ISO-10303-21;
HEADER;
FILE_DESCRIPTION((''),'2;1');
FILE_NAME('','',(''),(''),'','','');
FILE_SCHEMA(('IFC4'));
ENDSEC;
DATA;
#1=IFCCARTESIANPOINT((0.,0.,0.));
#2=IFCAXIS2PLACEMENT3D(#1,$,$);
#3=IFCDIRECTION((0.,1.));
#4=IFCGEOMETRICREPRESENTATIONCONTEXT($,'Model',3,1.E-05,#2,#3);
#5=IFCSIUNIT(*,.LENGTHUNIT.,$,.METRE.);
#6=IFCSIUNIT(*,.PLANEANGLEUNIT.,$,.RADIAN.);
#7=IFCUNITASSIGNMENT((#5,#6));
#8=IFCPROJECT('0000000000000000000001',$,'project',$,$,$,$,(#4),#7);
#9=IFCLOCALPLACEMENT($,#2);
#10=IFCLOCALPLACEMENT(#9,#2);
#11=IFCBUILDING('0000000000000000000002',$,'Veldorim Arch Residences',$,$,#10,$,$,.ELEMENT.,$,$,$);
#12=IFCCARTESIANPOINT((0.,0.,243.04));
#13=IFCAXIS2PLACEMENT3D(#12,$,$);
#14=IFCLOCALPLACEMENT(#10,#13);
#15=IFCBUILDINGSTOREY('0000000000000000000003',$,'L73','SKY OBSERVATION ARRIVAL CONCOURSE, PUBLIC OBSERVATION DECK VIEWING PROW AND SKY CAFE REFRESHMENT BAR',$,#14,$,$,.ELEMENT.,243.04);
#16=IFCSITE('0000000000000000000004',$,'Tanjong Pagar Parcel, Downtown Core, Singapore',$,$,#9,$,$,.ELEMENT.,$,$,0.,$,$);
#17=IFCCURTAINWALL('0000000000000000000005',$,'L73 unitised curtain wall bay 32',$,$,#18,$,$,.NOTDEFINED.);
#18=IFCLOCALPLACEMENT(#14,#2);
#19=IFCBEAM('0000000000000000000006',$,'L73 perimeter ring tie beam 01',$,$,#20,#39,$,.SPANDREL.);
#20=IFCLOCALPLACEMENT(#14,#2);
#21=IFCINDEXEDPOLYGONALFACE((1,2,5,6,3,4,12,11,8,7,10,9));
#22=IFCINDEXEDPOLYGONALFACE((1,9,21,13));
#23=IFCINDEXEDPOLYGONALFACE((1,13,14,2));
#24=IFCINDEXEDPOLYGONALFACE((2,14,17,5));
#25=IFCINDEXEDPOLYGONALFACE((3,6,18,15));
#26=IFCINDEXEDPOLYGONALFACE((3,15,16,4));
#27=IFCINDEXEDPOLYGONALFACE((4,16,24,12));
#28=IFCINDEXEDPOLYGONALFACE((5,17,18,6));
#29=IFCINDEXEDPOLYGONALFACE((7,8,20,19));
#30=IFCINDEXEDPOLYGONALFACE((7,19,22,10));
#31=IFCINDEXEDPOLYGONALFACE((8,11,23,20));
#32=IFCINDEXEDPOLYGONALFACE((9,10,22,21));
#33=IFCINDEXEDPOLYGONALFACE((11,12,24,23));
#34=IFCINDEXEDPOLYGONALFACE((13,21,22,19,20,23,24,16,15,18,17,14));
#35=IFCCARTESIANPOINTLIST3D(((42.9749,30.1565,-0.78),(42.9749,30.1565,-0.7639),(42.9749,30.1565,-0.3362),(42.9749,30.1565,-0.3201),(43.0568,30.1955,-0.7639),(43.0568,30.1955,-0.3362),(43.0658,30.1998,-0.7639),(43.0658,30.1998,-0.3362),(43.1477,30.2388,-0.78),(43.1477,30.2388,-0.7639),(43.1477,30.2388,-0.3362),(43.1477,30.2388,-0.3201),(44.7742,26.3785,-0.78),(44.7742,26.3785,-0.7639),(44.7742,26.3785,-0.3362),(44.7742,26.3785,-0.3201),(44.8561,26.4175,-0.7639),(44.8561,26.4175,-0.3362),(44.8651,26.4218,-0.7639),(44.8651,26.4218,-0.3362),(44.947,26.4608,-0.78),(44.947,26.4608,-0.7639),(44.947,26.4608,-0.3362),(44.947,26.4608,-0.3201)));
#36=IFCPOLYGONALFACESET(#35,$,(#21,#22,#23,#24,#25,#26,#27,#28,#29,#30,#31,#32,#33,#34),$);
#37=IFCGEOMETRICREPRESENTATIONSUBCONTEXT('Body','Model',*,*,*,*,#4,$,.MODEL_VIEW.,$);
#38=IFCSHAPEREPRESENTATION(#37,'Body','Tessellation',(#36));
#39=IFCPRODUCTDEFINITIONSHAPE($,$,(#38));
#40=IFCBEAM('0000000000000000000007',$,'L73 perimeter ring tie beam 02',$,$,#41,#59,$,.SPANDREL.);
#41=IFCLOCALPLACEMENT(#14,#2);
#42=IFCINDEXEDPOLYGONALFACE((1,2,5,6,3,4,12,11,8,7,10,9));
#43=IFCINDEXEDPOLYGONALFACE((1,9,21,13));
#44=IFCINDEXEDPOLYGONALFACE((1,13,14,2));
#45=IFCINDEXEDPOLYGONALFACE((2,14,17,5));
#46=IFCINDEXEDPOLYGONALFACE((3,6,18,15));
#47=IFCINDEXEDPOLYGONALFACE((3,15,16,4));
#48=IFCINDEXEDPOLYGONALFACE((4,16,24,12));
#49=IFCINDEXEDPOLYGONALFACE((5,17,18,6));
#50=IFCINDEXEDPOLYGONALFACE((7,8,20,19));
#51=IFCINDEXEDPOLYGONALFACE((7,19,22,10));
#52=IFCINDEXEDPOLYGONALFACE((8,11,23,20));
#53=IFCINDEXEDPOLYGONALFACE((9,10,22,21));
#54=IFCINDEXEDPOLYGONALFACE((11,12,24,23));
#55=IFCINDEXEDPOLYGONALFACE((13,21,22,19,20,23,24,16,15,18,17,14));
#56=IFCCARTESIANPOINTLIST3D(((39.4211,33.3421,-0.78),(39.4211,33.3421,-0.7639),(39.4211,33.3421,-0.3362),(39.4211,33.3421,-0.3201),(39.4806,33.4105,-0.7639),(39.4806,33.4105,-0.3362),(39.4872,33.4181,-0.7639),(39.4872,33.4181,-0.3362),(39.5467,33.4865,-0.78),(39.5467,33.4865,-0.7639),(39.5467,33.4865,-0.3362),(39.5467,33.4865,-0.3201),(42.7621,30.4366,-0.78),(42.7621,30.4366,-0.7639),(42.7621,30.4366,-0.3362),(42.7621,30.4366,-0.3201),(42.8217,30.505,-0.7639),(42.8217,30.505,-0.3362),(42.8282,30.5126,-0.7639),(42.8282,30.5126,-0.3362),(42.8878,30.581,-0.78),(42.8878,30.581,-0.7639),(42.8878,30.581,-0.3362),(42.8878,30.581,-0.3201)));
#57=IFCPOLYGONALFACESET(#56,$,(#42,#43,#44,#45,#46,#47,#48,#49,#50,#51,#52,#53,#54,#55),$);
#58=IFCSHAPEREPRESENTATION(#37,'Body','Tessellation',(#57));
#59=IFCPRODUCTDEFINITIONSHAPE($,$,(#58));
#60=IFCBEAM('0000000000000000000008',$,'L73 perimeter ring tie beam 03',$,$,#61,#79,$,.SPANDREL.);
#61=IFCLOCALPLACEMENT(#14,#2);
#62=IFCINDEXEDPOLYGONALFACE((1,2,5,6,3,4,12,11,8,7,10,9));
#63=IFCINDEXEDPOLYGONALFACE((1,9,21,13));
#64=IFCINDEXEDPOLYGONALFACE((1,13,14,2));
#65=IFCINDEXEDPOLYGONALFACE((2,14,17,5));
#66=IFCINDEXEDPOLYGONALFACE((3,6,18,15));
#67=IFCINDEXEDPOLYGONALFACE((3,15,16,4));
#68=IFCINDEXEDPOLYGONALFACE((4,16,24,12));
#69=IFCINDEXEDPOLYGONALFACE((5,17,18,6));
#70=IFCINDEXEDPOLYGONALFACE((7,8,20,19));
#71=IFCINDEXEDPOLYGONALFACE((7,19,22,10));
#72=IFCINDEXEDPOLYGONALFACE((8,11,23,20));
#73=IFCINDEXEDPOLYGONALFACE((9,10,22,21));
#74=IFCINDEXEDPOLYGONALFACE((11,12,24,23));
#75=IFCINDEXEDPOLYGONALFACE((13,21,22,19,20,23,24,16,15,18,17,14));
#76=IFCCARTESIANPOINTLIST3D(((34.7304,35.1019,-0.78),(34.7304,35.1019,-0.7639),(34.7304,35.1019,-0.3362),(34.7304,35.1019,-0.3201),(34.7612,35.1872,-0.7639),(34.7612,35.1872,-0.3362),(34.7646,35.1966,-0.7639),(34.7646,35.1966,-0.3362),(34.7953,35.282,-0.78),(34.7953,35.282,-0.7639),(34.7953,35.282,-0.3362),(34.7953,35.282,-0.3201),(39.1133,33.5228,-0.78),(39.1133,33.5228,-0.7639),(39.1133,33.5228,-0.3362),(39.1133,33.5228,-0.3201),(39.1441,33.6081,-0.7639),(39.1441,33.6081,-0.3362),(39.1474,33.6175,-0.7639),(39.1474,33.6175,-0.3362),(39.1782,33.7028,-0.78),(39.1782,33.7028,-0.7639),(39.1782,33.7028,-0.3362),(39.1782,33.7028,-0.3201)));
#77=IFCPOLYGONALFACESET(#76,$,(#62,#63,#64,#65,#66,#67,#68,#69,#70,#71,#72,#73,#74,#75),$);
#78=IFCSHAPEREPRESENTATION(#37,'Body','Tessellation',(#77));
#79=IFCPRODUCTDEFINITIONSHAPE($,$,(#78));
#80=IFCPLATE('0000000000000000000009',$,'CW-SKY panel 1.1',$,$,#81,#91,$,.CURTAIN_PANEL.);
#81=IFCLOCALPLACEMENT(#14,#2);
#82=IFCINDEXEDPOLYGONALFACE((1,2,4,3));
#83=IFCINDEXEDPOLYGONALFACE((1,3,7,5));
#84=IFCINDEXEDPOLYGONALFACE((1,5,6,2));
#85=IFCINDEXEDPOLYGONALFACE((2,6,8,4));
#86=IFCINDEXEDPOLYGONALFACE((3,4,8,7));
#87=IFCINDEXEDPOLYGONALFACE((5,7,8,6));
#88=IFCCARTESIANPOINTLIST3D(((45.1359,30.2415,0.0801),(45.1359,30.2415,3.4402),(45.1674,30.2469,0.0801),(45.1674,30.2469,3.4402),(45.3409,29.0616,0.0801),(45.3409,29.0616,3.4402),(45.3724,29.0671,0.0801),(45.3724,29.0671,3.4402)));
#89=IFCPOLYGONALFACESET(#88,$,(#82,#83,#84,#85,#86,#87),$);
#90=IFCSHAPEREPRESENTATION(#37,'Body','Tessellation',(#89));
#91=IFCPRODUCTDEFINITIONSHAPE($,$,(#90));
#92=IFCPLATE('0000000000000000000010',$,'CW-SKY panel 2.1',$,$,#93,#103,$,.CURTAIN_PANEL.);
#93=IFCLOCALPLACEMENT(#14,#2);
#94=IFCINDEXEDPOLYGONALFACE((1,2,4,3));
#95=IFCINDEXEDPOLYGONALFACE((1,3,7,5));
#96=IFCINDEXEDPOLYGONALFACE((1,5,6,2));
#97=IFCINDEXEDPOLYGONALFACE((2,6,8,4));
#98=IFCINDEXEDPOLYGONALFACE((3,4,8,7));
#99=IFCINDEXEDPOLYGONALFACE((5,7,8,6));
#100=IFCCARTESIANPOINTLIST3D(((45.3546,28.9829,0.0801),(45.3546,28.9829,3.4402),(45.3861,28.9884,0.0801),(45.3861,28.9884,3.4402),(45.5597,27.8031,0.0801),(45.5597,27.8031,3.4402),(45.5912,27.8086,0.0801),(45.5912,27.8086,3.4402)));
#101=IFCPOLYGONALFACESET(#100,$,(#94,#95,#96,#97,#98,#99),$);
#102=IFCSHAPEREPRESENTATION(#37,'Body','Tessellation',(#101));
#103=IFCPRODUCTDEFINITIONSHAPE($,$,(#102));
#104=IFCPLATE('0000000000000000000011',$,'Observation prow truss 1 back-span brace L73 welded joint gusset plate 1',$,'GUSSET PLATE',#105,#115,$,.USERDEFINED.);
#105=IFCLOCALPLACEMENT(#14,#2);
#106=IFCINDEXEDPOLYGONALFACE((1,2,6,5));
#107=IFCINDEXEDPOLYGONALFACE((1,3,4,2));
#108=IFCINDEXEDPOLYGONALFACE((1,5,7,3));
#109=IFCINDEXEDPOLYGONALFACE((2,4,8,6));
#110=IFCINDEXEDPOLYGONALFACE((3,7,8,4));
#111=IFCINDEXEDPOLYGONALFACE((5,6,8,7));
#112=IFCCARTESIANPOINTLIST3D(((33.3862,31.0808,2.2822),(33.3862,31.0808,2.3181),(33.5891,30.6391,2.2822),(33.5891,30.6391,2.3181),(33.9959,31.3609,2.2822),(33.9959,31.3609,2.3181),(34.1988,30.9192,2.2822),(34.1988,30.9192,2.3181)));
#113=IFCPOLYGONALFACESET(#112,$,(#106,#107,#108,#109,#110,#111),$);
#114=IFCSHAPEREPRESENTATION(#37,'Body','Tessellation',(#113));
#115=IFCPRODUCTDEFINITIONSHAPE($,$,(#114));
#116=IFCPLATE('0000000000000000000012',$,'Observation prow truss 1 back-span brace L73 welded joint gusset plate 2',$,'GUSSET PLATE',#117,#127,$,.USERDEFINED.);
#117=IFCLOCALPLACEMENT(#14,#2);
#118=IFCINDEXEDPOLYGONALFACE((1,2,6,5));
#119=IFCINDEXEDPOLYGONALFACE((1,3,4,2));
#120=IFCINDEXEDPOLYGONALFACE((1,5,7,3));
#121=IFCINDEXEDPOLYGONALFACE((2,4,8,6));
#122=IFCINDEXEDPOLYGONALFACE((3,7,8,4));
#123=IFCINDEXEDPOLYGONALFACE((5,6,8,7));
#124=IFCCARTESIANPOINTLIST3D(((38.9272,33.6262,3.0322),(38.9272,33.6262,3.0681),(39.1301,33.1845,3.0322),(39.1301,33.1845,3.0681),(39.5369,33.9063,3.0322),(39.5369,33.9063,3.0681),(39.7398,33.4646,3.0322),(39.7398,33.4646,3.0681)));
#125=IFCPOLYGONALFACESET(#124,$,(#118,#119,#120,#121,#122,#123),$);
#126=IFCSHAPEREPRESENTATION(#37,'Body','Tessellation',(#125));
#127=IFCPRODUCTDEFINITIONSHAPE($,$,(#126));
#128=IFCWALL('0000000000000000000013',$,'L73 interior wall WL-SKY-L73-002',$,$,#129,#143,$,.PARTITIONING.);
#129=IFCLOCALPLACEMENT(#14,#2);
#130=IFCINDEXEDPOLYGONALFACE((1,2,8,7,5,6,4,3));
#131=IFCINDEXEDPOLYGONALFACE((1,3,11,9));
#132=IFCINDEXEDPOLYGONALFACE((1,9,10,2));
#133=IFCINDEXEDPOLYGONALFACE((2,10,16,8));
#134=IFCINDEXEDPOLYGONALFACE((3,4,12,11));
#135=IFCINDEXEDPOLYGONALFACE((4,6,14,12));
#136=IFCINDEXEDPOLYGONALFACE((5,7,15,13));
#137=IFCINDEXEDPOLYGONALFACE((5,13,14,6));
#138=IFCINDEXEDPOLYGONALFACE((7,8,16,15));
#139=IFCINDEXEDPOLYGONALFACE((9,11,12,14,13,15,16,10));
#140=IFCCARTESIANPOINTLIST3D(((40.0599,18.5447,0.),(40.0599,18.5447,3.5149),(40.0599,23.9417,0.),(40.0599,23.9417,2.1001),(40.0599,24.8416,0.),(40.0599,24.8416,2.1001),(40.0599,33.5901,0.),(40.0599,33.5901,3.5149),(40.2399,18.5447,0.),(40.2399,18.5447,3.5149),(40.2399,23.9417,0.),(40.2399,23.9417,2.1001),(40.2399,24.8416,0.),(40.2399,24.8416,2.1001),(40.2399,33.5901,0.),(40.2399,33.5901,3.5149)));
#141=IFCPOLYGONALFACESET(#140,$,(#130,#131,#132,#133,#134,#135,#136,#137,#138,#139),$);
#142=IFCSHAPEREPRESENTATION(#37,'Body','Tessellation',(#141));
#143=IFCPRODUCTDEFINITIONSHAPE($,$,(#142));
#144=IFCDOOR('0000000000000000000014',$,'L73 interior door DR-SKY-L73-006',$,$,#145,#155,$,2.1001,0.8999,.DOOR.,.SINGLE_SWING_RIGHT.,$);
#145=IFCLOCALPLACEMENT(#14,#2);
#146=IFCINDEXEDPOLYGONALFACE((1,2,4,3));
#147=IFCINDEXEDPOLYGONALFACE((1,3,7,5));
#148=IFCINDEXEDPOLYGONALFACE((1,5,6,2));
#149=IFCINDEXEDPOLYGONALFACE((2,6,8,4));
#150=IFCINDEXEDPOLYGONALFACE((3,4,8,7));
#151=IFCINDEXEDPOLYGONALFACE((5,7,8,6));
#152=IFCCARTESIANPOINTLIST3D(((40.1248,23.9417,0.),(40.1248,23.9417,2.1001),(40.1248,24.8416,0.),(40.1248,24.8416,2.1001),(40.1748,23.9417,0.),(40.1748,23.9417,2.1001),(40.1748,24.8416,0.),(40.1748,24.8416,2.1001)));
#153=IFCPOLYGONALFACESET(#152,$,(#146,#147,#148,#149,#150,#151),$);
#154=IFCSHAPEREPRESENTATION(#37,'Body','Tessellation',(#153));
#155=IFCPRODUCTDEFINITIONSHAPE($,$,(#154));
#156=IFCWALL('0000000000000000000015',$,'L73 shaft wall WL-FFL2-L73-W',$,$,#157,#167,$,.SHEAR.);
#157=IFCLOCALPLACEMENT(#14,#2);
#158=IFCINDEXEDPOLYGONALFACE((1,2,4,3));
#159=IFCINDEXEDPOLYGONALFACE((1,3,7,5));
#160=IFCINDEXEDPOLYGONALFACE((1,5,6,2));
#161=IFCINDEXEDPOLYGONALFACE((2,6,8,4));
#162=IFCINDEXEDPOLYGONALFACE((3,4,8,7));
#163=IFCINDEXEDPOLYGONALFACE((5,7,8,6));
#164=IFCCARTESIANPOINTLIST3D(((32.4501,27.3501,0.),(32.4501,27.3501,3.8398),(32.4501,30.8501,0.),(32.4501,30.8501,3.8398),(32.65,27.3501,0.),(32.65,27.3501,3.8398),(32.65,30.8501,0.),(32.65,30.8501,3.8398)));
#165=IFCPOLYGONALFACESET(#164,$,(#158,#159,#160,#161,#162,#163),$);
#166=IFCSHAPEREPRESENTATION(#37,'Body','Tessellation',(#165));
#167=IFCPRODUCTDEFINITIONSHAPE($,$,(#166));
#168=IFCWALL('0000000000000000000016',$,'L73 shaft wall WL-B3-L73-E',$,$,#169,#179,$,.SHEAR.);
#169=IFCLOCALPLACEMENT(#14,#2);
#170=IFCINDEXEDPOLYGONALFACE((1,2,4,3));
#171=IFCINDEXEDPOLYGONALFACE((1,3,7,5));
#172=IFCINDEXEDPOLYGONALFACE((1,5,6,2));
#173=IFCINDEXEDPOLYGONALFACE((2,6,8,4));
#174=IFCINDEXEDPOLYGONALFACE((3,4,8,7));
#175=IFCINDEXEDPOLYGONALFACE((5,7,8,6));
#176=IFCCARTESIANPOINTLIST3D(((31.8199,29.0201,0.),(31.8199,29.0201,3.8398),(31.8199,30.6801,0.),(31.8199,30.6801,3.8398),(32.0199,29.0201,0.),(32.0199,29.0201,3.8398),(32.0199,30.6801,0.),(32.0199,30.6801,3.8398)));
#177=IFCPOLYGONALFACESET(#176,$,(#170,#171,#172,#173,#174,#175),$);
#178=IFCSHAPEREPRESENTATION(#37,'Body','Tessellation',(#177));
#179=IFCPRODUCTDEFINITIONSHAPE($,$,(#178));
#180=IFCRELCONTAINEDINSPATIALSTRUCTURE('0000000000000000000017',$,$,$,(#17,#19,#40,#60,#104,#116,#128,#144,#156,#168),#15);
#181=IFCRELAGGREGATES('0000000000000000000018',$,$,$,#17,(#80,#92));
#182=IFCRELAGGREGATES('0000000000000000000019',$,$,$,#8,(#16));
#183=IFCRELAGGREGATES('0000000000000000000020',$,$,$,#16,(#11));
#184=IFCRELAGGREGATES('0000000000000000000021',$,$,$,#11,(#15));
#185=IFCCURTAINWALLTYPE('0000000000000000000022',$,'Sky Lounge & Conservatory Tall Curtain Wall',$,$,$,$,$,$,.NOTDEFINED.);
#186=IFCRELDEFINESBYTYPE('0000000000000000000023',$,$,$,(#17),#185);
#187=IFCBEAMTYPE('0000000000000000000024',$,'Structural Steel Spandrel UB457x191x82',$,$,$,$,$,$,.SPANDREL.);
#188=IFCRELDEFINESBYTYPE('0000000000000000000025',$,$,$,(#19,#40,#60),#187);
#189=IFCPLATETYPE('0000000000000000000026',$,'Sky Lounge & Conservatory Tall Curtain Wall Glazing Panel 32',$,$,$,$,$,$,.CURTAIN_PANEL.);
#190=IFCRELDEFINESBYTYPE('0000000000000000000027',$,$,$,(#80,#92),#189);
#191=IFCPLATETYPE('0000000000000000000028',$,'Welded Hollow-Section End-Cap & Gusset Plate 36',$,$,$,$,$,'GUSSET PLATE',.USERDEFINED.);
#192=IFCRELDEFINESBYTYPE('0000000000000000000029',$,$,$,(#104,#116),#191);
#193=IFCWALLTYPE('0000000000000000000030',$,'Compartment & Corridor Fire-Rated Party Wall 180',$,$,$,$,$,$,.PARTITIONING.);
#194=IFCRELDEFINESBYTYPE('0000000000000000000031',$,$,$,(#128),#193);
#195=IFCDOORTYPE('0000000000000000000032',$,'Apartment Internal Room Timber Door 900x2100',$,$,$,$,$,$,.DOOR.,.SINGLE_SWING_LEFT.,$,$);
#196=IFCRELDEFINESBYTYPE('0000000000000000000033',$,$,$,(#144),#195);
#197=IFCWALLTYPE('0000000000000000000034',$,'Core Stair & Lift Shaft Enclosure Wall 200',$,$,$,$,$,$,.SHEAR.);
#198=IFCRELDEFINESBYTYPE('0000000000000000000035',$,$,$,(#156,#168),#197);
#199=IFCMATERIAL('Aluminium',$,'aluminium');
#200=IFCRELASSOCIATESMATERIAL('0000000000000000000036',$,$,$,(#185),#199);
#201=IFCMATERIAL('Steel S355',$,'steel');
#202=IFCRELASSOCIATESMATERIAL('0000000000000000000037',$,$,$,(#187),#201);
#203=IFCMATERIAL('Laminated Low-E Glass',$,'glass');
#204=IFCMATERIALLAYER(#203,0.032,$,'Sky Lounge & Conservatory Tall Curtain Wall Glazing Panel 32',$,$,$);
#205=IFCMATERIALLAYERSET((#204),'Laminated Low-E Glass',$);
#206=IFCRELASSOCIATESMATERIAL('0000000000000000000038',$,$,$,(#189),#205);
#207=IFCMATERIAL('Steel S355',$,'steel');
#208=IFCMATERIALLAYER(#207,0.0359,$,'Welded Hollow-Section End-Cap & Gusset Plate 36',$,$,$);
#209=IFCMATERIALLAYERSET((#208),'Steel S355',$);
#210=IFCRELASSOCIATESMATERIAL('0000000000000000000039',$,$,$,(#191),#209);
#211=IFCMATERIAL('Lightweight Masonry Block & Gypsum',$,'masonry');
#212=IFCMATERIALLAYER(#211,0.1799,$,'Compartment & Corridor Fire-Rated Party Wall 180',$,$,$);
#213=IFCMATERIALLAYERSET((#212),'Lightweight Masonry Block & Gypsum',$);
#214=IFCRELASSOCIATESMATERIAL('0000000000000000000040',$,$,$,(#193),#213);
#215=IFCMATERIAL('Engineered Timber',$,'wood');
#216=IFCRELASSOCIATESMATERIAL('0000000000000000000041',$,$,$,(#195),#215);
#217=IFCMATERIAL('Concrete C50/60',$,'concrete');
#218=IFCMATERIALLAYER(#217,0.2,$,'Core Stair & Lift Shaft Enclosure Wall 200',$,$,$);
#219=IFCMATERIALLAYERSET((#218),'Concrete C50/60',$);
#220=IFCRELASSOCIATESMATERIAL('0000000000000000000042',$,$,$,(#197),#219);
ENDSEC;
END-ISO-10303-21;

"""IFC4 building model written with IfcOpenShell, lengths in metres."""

from ifc_helpers import new_model, si_unit, direction, frame, frame_2d, origin, origin_2d, place, context, subcontext, project, spatial, rectangle, i_section, extrude, material, layer, layer_set, material_profile, profile_set, type_object, element, fill, aggregate, save


model = new_model("IFC4")

# Units and contexts
model_context = context("Model", 3, precision=1e-05, world=origin(), true_north=direction((0.0, 1.0)))
body_context = subcontext(model_context, "Body", "Model", "MODEL_VIEW")
ifc_project = project(units=[si_unit("LENGTHUNIT", "METRE"), si_unit("PLANEANGLEUNIT", "RADIAN")], contexts=[model_context])

# Site, building, storey
site_placement = place(None, origin())
site = spatial("IfcSite", under=ifc_project, at=site_placement, Name="Tanjong Pagar Parcel, Downtown Core, Singapore", CompositionType="ELEMENT", RefElevation=0.0)
building_placement = place(site_placement, origin())
building = spatial("IfcBuilding", under=site, at=building_placement, Name="Veldorim Arch Residences", CompositionType="ELEMENT")
storey_placement = place(building_placement, frame((0.0, 0.0, 243.04)))
storey = spatial("IfcBuildingStorey", under=building, at=storey_placement, Name="L73", Description="SKY OBSERVATION ARRIVAL CONCOURSE, PUBLIC OBSERVATION DECK VIEWING PROW AND SKY CAFE REFRESHMENT BAR", CompositionType="ELEMENT", Elevation=243.04)

# Curtain wall
ifc_material_1 = material(Name="Aluminium", Category="aluminium")
curtain_wall_type = type_object("IfcCurtainWallType", Name="Sky Lounge & Conservatory Tall Curtain Wall", PredefinedType="NOTDEFINED", material=ifc_material_1)
curtain_wall_placement = place(storey_placement, origin())
curtain_wall = element("IfcCurtainWall", 1, at=curtain_wall_placement, inside=storey, type_object=curtain_wall_type, Name="L73 unitised curtain wall bay 32", PredefinedType="NOTDEFINED")

# Beams
ifc_material_2 = material(Name="Steel S355", Category="steel")
ifc_material_profile_1 = material_profile(ifc_material_2, i_section(OverallWidth=0.1914, OverallDepth=0.46, WebThickness=0.01, FlangeThickness=0.0161, at=origin_2d()), Name="UB457x191x82")
ifc_profile_set_1 = profile_set([ifc_material_profile_1], Name="Steel S355")
beam_type_1 = type_object("IfcBeamType", Name="Structural Steel Spandrel UB457x191x82", PredefinedType="SPANDREL", material=ifc_profile_set_1)
beam_1_placement = place(storey_placement, frame((44.8606, 26.4197, -0.55), z_axis=(-0.429979, 0.902839, 0.0), x_axis=(-0.902839, -0.429979, 0.0)))
element("IfcBeam", 2, at=beam_1_placement, inside=storey, type_object=beam_type_1, Name="L73 perimeter ring tie beam 01", PredefinedType="SPANDREL", context=body_context, shape_type="SweptSolid", body=[
    extrude(i_section(OverallWidth=0.1914, OverallDepth=0.46, WebThickness=0.01, FlangeThickness=0.0161, at=origin_2d()), origin(), (0.0, 0.0, 1.0), 4.1846),
])
beam_2_placement = place(storey_placement, frame((42.825, 30.5088, -0.55), z_axis=(-0.754578, 0.65621, 0.0), x_axis=(-0.65621, -0.754578, 0.0)))
element("IfcBeam", 3, at=beam_2_placement, inside=storey, type_object=beam_type_1, Name="L73 perimeter ring tie beam 02", PredefinedType="SPANDREL", context=body_context, shape_type="SweptSolid", body=[
    extrude(i_section(OverallWidth=0.1914, OverallDepth=0.46, WebThickness=0.01, FlangeThickness=0.0161, at=origin_2d()), origin(), (0.0, 0.0, 1.0), 4.4277),
])
beam_3_placement = place(storey_placement, frame((39.1458, 33.6128, -0.55), z_axis=(-0.940799, 0.338964, 0.0), x_axis=(-0.338964, -0.940799, 0.0)))
element("IfcBeam", 4, at=beam_3_placement, inside=storey, type_object=beam_type_1, Name="L73 perimeter ring tie beam 03", PredefinedType="SPANDREL", context=body_context, shape_type="SweptSolid", body=[
    extrude(i_section(OverallWidth=0.1914, OverallDepth=0.46, WebThickness=0.01, FlangeThickness=0.0161, at=origin_2d()), origin(), (0.0, 0.0, 1.0), 4.6587),
])

# Plates
ifc_material_3 = material(Name="Laminated Low-E Glass", Category="glass")
ifc_layer_1 = layer(ifc_material_3, 0.032, Name="Sky Lounge & Conservatory Tall Curtain Wall Glazing Panel 32")
ifc_layer_set_1 = layer_set([ifc_layer_1], Name="Laminated Low-E Glass")
plate_type_1 = type_object("IfcPlateType", Name="Sky Lounge & Conservatory Tall Curtain Wall Glazing Panel 32", PredefinedType="CURTAIN_PANEL", material=ifc_layer_set_1)
plate_1_placement = place(storey_placement, frame((45.2542, 29.6543, 0.0801), z_axis=(0.0, 0.0, 1.0), x_axis=(0.171232, -0.985231, 0.0)))
plate_1 = element("IfcPlate", 5, at=plate_1_placement, type_object=plate_type_1, Name="CW-SKY panel 1.1", PredefinedType="CURTAIN_PANEL", context=body_context, shape_type="SweptSolid", body=[
    extrude(rectangle(XDim=1.1975, YDim=0.032, at=origin_2d()), origin(), (0.0, 0.0, 1.0), 3.3601),
])
plate_2_placement = place(storey_placement, frame((45.4729, 28.3958, 0.0801), z_axis=(0.0, 0.0, 1.0), x_axis=(0.171232, -0.985231, 0.0)))
plate_2 = element("IfcPlate", 6, at=plate_2_placement, type_object=plate_type_1, Name="CW-SKY panel 2.1", PredefinedType="CURTAIN_PANEL", context=body_context, shape_type="SweptSolid", body=[
    extrude(rectangle(XDim=1.1975, YDim=0.032, at=origin_2d()), origin(), (0.0, 0.0, 1.0), 3.3601),
])
aggregate(curtain_wall, [plate_1, plate_2])

# Plates
ifc_material_4 = material(Name="Steel S355", Category="steel")
ifc_layer_2 = layer(ifc_material_4, 0.0359, Name="Welded Hollow-Section End-Cap & Gusset Plate 36")
ifc_layer_set_2 = layer_set([ifc_layer_2], Name="Steel S355")
plate_type_2 = type_object("IfcPlateType", Name="Welded Hollow-Section End-Cap & Gusset Plate 36", ElementType="GUSSET PLATE", PredefinedType="USERDEFINED", material=ifc_layer_set_2)
for number, where, z_axis, x_axis, name in (
    (7, (33.7925, 31.0, 2.2822), (0.0, 0.0, 1.0), (0.908712, 0.417423, 0.0), "Observation prow truss 1 back-span brace L73 welded joint gusset plate 1"),
    (8, (39.3335, 33.5454, 3.0322), (0.0, 0.0, 1.0), (0.908712, 0.417423, 0.0), "Observation prow truss 1 back-span brace L73 welded joint gusset plate 2"),
):
    element("IfcPlate", number, at=place(storey_placement, frame(where, z_axis=z_axis, x_axis=x_axis)), inside=storey, type_object=plate_type_2, Name=name, ObjectType="GUSSET PLATE", PredefinedType="USERDEFINED", context=body_context, shape_type="SweptSolid", body=[
        extrude(rectangle(XDim=0.6709, YDim=0.4861, at=origin_2d()), origin(), (0.0, 0.0, 1.0), 0.0359),
    ])

# Wall, opening, door
ifc_material_5 = material(Name="Lightweight Masonry Block & Gypsum", Category="masonry")
ifc_layer_3 = layer(ifc_material_5, 0.1799, Name="Compartment & Corridor Fire-Rated Party Wall 180")
ifc_layer_set_3 = layer_set([ifc_layer_3], Name="Lightweight Masonry Block & Gypsum")
wall_type_1 = type_object("IfcWallType", Name="Compartment & Corridor Fire-Rated Party Wall 180", PredefinedType="PARTITIONING", material=ifc_layer_set_3)
wall_1_placement = place(storey_placement, frame((40.1499, 33.5901, 0.0), z_axis=(0.0, 0.0, 1.0), x_axis=(0.0, -1.0, 0.0)))
wall_1 = element("IfcWall", 9, at=wall_1_placement, inside=storey, type_object=wall_type_1, Name="L73 interior wall WL-SKY-L73-002", PredefinedType="PARTITIONING", context=body_context, shape_type="SweptSolid", body=[
    extrude(rectangle(XDim=15.0454, YDim=0.1799, at=frame_2d((7.5227, 0.0))), origin(), (0.0, 0.0, 1.0), 3.5149),
])
opening_1_placement = place(wall_1_placement, frame((8.7485, 0.0, 0.0)))
opening_1 = element("IfcOpeningElement", 10, at=opening_1_placement, cuts=wall_1, PredefinedType="OPENING", context=body_context, shape_type="SweptSolid", body=[
    extrude(rectangle(XDim=0.8999, YDim=2.1001, at=frame_2d((0.45, 1.05))), frame((0.0, 0.0999, 0.0), z_axis=(0.0, -1.0, 0.0), x_axis=(1.0, 0.0, 0.0)), (0.0, 0.0, 1.0), 0.2),
])
ifc_material_6 = material(Name="Engineered Timber", Category="wood")
door_type_1 = type_object("IfcDoorType", Name="Apartment Internal Room Timber Door 900x2100", OperationType="SINGLE_SWING_LEFT", PredefinedType="DOOR", material=ifc_material_6)
door_1_placement = place(opening_1_placement, origin())
door_1 = element("IfcDoor", 11, at=door_1_placement, inside=storey, type_object=door_type_1, Name="L73 interior door DR-SKY-L73-006", OperationType="SINGLE_SWING_RIGHT", OverallHeight=2.1001, OverallWidth=0.8999, PredefinedType="DOOR", context=body_context, shape_type="SweptSolid", body=[
    extrude(rectangle(XDim=0.8999, YDim=2.1001, at=frame_2d((0.45, 1.05))), frame((0.0, 0.0249, 0.0), z_axis=(0.0, -1.0, 0.0), x_axis=(1.0, 0.0, 0.0)), (0.0, 0.0, 1.0), 0.05),
])
fill(opening_1, door_1)
ifc_material_7 = material(Name="Concrete C50/60", Category="concrete")
ifc_layer_4 = layer(ifc_material_7, 0.2, Name="Core Stair & Lift Shaft Enclosure Wall 200")
ifc_layer_set_4 = layer_set([ifc_layer_4], Name="Concrete C50/60")
wall_type_2 = type_object("IfcWallType", Name="Core Stair & Lift Shaft Enclosure Wall 200", PredefinedType="SHEAR", material=ifc_layer_set_4)

# Wall
wall_2_placement = place(storey_placement, frame((32.55, 27.3501, 0.0), z_axis=(0.0, 0.0, 1.0), x_axis=(0.0, 1.0, 0.0)))
element("IfcWall", 12, at=wall_2_placement, inside=storey, type_object=wall_type_2, Name="L73 shaft wall WL-FFL2-L73-W", PredefinedType="SHEAR", context=body_context, shape_type="SweptSolid", body=[
    extrude(rectangle(XDim=3.5, YDim=0.2, at=frame_2d((1.75, 0.0))), origin(), (0.0, 0.0, 1.0), 3.8398),
])

# Wall
wall_3_placement = place(storey_placement, frame((31.9199, 29.02, 0.0), z_axis=(0.0, 0.0, 1.0), x_axis=(0.0, 1.0, 0.0)))
element("IfcWall", 13, at=wall_3_placement, inside=storey, type_object=wall_type_2, Name="L73 shaft wall WL-B3-L73-E", PredefinedType="SHEAR", context=body_context, shape_type="SweptSolid", body=[
    extrude(rectangle(XDim=1.6599, YDim=0.2, at=frame_2d((0.8301, 0.0))), origin(), (0.0, 0.0, 1.0), 3.8398),
])

save(model, "model.ifc")
